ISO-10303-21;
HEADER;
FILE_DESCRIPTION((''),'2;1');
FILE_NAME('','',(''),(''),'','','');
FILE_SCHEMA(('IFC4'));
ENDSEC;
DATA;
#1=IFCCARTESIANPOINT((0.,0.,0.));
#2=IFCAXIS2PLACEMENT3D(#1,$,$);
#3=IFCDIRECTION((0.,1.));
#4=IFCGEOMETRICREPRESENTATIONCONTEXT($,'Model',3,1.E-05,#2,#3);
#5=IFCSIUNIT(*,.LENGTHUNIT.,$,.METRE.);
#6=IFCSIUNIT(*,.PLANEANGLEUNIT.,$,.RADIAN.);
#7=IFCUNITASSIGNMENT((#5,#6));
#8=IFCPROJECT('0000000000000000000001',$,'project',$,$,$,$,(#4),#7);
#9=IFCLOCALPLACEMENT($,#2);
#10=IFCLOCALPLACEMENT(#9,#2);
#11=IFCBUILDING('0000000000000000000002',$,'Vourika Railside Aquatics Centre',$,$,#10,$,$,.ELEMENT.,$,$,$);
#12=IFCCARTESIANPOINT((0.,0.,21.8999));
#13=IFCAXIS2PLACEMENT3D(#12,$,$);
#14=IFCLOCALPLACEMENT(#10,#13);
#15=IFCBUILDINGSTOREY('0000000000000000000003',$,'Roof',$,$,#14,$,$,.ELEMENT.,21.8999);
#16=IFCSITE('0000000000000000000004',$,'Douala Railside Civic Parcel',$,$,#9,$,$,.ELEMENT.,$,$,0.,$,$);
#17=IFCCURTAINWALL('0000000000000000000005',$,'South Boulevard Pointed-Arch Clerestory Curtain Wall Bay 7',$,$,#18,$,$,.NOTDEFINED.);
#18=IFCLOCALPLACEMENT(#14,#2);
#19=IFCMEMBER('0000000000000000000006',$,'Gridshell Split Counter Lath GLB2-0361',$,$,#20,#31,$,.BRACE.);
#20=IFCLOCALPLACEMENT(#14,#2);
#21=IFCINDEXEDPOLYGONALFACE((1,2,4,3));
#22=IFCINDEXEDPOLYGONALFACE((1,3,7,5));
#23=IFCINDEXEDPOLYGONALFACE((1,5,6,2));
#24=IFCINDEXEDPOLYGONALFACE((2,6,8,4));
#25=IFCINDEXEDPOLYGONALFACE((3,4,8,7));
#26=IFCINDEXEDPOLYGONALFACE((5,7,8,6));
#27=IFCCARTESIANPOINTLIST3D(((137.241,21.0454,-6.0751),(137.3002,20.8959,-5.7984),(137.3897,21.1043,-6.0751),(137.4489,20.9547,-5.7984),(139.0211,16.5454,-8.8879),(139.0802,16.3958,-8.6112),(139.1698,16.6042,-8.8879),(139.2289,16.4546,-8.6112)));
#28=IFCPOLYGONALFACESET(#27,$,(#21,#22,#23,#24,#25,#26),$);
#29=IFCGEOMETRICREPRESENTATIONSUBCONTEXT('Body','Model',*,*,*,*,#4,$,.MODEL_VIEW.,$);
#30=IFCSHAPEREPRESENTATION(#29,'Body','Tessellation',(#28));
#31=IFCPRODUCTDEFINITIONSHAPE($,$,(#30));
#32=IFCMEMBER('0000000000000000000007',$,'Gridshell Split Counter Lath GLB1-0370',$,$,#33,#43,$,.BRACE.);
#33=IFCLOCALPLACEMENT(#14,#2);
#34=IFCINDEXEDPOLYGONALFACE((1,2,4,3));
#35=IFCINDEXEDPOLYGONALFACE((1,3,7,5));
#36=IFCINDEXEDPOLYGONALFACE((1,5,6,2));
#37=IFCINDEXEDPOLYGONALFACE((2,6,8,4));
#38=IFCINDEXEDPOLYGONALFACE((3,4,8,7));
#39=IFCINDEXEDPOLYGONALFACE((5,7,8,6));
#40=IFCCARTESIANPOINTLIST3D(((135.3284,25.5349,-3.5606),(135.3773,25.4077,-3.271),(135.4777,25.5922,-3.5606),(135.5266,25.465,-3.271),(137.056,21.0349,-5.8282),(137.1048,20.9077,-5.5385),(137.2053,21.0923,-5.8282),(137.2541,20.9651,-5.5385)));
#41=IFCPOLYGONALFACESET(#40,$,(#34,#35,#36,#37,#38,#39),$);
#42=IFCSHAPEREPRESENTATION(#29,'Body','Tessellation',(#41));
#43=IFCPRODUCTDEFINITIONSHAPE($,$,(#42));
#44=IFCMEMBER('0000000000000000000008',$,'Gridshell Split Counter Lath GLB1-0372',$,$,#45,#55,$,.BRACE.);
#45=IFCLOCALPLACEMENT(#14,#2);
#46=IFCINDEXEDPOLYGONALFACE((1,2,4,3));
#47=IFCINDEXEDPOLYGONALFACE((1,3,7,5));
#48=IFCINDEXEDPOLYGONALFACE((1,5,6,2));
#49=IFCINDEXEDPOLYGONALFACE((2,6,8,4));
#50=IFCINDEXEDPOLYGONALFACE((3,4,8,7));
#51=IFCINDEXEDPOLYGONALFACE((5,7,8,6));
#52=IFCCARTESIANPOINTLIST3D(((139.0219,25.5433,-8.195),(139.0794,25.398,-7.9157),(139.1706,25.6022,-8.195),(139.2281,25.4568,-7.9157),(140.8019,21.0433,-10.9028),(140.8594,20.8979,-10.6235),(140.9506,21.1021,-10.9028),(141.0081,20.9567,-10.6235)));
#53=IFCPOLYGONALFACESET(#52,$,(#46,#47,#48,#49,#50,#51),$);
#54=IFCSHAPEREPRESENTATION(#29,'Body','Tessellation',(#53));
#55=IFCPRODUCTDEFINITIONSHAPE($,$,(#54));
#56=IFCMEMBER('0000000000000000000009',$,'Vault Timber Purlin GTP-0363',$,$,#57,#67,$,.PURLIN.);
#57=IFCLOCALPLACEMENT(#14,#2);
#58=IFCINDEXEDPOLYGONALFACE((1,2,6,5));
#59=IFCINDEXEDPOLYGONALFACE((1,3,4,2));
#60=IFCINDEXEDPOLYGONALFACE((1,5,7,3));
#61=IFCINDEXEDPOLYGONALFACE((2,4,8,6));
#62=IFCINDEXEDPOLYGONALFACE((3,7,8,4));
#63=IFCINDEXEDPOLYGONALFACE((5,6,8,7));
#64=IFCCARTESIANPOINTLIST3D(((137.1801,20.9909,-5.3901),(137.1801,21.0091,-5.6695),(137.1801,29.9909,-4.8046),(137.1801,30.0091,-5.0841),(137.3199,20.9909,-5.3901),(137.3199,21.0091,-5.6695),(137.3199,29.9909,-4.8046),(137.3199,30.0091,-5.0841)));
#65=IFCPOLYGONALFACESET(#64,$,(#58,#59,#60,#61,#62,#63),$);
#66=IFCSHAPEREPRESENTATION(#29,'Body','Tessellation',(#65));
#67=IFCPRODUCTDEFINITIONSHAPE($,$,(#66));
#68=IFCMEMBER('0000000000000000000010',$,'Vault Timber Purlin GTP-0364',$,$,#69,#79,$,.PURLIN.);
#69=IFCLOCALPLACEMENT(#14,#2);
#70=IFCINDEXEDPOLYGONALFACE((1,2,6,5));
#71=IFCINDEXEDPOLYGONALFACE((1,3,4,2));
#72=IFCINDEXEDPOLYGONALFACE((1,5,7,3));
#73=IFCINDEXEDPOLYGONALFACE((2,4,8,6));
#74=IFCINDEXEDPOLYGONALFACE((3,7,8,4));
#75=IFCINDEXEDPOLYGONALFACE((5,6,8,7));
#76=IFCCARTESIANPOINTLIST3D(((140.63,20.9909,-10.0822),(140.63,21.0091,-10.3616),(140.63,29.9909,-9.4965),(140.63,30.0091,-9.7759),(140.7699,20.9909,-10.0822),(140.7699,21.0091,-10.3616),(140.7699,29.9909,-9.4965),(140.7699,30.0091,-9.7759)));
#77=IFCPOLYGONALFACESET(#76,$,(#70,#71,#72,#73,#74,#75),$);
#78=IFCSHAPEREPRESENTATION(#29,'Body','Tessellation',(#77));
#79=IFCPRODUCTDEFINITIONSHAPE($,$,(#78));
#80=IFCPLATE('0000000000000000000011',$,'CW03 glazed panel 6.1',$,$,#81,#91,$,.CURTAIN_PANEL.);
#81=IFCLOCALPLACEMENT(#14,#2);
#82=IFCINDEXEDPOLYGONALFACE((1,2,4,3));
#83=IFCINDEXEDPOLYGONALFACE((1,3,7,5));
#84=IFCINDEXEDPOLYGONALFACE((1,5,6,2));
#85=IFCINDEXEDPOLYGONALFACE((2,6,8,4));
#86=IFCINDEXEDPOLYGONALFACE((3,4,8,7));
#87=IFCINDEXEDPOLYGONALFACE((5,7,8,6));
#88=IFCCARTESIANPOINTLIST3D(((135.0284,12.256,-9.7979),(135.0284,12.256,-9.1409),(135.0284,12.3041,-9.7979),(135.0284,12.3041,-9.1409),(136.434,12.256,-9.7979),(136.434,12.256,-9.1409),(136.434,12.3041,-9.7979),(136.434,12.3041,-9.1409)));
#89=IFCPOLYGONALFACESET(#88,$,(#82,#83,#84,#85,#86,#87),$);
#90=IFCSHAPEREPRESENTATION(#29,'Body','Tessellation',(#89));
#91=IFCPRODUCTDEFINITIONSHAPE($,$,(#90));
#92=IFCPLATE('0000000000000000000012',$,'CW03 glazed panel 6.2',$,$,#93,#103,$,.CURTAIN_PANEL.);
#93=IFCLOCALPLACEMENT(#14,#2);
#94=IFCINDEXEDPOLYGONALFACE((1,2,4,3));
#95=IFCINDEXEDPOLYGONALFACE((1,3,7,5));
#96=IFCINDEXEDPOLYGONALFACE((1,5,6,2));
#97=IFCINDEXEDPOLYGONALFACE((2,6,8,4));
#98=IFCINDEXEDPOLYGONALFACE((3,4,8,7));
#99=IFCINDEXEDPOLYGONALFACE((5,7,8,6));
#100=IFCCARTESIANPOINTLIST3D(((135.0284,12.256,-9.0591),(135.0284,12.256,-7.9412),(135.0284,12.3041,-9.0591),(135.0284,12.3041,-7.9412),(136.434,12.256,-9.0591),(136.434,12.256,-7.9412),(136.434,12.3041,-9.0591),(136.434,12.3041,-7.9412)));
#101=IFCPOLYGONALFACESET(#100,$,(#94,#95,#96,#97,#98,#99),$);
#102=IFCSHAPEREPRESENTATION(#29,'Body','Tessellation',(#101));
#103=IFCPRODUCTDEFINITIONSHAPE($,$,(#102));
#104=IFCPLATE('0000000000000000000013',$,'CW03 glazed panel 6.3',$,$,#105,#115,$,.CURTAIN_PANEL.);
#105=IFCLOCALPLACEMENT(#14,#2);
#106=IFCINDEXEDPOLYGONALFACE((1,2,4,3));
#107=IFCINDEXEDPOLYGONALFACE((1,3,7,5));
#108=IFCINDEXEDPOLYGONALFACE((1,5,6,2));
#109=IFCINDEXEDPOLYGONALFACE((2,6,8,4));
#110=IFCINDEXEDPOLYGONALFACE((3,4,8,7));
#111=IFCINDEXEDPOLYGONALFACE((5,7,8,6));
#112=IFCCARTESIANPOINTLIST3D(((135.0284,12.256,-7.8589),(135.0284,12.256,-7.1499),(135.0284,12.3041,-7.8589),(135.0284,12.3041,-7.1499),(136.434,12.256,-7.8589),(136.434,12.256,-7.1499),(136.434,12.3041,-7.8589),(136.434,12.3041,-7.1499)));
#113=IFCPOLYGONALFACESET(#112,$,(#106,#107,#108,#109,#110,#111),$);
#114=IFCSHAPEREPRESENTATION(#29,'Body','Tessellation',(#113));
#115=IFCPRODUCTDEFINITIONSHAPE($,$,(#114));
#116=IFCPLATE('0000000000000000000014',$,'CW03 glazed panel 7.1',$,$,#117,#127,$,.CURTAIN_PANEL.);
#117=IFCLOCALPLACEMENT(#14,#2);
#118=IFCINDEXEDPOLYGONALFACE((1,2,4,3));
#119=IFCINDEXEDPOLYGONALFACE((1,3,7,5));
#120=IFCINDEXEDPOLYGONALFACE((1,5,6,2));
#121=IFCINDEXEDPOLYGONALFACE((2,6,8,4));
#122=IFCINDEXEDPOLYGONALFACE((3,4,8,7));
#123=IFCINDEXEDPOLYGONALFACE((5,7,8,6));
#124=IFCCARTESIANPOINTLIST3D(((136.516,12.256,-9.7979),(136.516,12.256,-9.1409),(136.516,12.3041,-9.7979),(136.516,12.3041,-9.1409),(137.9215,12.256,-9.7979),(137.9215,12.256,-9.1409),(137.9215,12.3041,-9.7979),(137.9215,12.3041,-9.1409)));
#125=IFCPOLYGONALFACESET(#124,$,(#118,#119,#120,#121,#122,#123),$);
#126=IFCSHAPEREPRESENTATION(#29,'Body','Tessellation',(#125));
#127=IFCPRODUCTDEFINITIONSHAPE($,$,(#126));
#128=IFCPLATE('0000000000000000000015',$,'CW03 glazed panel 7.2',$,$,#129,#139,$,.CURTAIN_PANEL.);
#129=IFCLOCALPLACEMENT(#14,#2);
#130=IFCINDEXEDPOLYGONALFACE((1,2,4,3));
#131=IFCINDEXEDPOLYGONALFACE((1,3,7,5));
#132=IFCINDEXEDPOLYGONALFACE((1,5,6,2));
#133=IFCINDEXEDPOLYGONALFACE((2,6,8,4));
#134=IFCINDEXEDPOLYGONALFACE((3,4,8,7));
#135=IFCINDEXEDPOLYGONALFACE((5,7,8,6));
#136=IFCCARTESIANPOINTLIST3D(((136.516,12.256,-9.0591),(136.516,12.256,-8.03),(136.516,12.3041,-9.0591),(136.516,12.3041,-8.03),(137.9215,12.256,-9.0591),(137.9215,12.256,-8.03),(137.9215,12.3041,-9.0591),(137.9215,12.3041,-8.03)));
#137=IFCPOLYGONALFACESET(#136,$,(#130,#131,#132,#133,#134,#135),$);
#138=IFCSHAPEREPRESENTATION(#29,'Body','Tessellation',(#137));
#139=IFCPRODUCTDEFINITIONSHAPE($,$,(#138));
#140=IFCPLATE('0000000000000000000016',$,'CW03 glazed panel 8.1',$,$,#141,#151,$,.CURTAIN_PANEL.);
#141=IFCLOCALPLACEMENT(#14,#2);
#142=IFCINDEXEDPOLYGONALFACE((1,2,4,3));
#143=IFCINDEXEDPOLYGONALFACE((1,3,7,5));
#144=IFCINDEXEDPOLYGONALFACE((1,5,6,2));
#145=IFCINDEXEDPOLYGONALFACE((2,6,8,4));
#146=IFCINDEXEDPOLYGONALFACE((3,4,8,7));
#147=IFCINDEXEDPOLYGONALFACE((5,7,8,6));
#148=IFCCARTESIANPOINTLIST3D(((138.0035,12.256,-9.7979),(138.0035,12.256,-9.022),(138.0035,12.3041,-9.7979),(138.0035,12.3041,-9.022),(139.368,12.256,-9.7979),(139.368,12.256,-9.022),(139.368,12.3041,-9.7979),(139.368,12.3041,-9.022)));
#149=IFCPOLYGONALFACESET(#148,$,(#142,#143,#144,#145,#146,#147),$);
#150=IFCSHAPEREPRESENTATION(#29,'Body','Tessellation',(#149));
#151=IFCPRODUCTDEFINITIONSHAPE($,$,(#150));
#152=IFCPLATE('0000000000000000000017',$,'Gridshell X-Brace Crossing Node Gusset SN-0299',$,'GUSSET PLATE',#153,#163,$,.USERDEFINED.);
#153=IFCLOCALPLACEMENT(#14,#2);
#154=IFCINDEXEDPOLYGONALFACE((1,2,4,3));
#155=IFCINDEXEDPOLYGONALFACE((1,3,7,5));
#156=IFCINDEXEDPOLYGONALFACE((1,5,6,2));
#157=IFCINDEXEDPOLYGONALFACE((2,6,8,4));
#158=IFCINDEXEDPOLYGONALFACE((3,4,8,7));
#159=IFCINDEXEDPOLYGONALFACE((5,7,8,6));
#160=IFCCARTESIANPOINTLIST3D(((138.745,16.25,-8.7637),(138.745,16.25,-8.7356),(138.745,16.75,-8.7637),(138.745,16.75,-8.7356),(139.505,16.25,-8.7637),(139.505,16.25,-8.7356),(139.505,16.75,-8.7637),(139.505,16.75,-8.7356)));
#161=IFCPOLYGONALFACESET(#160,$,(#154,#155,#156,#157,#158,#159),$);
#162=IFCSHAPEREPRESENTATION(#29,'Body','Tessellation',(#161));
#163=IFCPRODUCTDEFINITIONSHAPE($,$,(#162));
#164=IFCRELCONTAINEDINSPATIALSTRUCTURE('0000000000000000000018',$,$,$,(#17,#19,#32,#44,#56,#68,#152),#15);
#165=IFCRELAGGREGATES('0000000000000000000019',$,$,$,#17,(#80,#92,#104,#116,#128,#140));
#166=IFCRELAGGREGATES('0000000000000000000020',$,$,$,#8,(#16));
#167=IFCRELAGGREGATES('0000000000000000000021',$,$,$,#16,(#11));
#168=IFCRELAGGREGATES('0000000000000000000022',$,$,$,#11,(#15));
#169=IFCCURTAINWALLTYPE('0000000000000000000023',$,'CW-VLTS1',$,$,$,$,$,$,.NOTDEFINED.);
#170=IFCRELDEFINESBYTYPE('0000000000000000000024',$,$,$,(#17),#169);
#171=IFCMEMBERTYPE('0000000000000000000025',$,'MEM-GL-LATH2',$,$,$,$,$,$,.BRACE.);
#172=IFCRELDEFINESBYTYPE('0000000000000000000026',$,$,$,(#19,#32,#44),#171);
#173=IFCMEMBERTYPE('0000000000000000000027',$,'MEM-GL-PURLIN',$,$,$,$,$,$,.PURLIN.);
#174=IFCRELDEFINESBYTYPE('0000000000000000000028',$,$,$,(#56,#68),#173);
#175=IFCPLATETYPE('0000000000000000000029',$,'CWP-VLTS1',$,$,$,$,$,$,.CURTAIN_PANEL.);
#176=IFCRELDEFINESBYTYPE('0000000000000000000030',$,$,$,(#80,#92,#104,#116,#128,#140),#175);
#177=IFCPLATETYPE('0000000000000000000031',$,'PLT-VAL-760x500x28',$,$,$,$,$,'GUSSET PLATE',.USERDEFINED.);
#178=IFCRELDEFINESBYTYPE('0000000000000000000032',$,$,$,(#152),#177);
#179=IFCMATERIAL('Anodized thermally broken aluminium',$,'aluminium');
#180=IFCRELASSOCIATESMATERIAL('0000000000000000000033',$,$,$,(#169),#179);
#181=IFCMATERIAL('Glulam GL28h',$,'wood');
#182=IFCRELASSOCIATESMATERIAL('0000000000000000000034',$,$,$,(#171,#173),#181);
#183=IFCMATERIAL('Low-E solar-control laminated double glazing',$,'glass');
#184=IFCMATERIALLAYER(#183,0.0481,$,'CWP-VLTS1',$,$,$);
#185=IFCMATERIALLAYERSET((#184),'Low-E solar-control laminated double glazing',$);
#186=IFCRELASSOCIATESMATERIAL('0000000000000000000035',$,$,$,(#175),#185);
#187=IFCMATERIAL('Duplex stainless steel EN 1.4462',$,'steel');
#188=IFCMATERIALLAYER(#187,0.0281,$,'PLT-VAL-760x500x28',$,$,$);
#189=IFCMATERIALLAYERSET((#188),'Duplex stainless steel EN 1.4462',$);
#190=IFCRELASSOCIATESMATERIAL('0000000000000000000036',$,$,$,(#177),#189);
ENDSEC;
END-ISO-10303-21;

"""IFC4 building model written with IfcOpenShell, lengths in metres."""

from ifc_helpers import new_model, si_unit, direction, frame, origin, origin_2d, place, context, subcontext, project, spatial, rectangle, extrude, material, layer, layer_set, material_profile, profile_set, type_object, element, aggregate, save


model = new_model("IFC4")

# Units and contexts
model_context = context("Model", 3, precision=1e-05, world=origin(), true_north=direction((0.0, 1.0)))
body_context = subcontext(model_context, "Body", "Model", "MODEL_VIEW")
ifc_project = project(units=[si_unit("LENGTHUNIT", "METRE"), si_unit("PLANEANGLEUNIT", "RADIAN")], contexts=[model_context])

# Site, building, storey
site_placement = place(None, origin())
site = spatial("IfcSite", under=ifc_project, at=site_placement, Name="Douala Railside Civic Parcel", CompositionType="ELEMENT", RefElevation=0.0)
building_placement = place(site_placement, origin())
building = spatial("IfcBuilding", under=site, at=building_placement, Name="Vourika Railside Aquatics Centre", CompositionType="ELEMENT")
storey_placement = place(building_placement, frame((0.0, 0.0, 21.8999)))
storey = spatial("IfcBuildingStorey", under=building, at=storey_placement, Name="Roof", CompositionType="ELEMENT", Elevation=21.8999)

# Curtain wall
ifc_material_1 = material(Name="Anodized thermally broken aluminium", Category="aluminium")
curtain_wall_type = type_object("IfcCurtainWallType", Name="CW-VLTS1", PredefinedType="NOTDEFINED", material=ifc_material_1)
curtain_wall_placement = place(storey_placement, origin())
curtain_wall = element("IfcCurtainWall", 1, at=curtain_wall_placement, inside=storey, type_object=curtain_wall_type, Name="South Boulevard Pointed-Arch Clerestory Curtain Wall Bay 7", PredefinedType="NOTDEFINED")

# Members
ifc_material_2 = material(Name="Glulam GL28h", Category="wood")
ifc_material_profile_1 = material_profile(ifc_material_2, rectangle(XDim=0.1599, YDim=0.3201, at=origin_2d()), Name="GL28h 160x320")
ifc_profile_set_1 = profile_set([ifc_material_profile_1], Name="Glulam GL28h")
member_type_1 = type_object("IfcMemberType", Name="MEM-GL-LATH2", PredefinedType="BRACE", material=ifc_profile_set_1)
member_1_placement = place(storey_placement, frame((139.125, 16.5, -8.7495), z_axis=(-0.318014, 0.803956, 0.502516), x_axis=(-0.929893, -0.36783, 0.0)))
element("IfcMember", 2, at=member_1_placement, inside=storey, type_object=member_type_1, Name="Gridshell Split Counter Lath GLB2-0361", PredefinedType="BRACE", context=body_context, shape_type="SweptSolid", body=[
    extrude(rectangle(XDim=0.1599, YDim=0.3201, at=origin_2d()), origin(), (0.0, 0.0, 1.0), 5.5974),
])
member_2_placement = place(storey_placement, frame((137.155, 21.0, -5.6833), z_axis=(-0.324302, 0.844762, 0.425681), x_axis=(-0.93357, -0.358395, 0.0)))
element("IfcMember", 3, at=member_2_placement, inside=storey, type_object=member_type_1, Name="Gridshell Split Counter Lath GLB1-0370", PredefinedType="BRACE", context=body_context, shape_type="SweptSolid", body=[
    extrude(rectangle(XDim=0.1599, YDim=0.3201, at=origin_2d()), origin(), (0.0, 0.0, 1.0), 5.3269),
])
member_3_placement = place(storey_placement, frame((140.905, 21.0, -10.7632), z_axis=(-0.320997, 0.811496, 0.488298), x_axis=(-0.929893, -0.36783, 0.0)))
element("IfcMember", 4, at=member_3_placement, inside=storey, type_object=member_type_1, Name="Gridshell Split Counter Lath GLB1-0372", PredefinedType="BRACE", context=body_context, shape_type="SweptSolid", body=[
    extrude(rectangle(XDim=0.1599, YDim=0.3201, at=origin_2d()), origin(), (0.0, 0.0, 1.0), 5.5454),
])
ifc_material_profile_2 = material_profile(ifc_material_2, rectangle(XDim=0.1399, YDim=0.28, at=origin_2d()), Name="GL28h 140x280")
ifc_profile_set_2 = profile_set([ifc_material_profile_2], Name="Glulam GL28h")
member_type_2 = type_object("IfcMemberType", Name="MEM-GL-PURLIN", PredefinedType="PURLIN", material=ifc_profile_set_2)
for number, where, z_axis, x_axis, name in (
    (5, (137.25, 21.0, -5.5298), (0.0, 0.997891, 0.064913), (-1.0, 0.0, 0.0), "Vault Timber Purlin GTP-0363"),
    (6, (140.7, 21.0, -10.2219), (0.0, 0.997889, 0.06494), (-1.0, 0.0, 0.0), "Vault Timber Purlin GTP-0364"),
):
    element("IfcMember", number, at=place(storey_placement, frame(where, z_axis=z_axis, x_axis=x_axis)), inside=storey, type_object=member_type_2, Name=name, PredefinedType="PURLIN", context=body_context, shape_type="SweptSolid", body=[
        extrude(rectangle(XDim=0.1399, YDim=0.28, at=origin_2d()), origin(), (0.0, 0.0, 1.0), 9.019),
    ])

# Plates
ifc_material_3 = material(Name="Low-E solar-control laminated double glazing", Category="glass")
ifc_layer_1 = layer(ifc_material_3, 0.0481, Name="CWP-VLTS1")
ifc_layer_set_1 = layer_set([ifc_layer_1], Name="Low-E solar-control laminated double glazing")
plate_type_1 = type_object("IfcPlateType", Name="CWP-VLTS1", PredefinedType="CURTAIN_PANEL", material=ifc_layer_set_1)
plate_1_placement = place(storey_placement, frame((135.7312, 12.28, -9.7979), z_axis=(0.0, 0.0, 1.0), x_axis=(1.0, 0.0, 0.0)))
plate_1 = element("IfcPlate", 7, at=plate_1_placement, type_object=plate_type_1, Name="CW03 glazed panel 6.1", PredefinedType="CURTAIN_PANEL", context=body_context, shape_type="SweptSolid", body=[
    extrude(rectangle(XDim=1.4055, YDim=0.0481, at=origin_2d()), origin(), (0.0, 0.0, 1.0), 0.657),
])
plate_2_placement = place(storey_placement, frame((135.7312, 12.28, -9.0591), z_axis=(0.0, 0.0, 1.0), x_axis=(1.0, 0.0, 0.0)))
plate_2 = element("IfcPlate", 8, at=plate_2_placement, type_object=plate_type_1, Name="CW03 glazed panel 6.2", PredefinedType="CURTAIN_PANEL", context=body_context, shape_type="SweptSolid", body=[
    extrude(rectangle(XDim=1.4055, YDim=0.0481, at=origin_2d()), origin(), (0.0, 0.0, 1.0), 1.1179),
])
plate_3_placement = place(storey_placement, frame((135.7312, 12.28, -7.8589), z_axis=(0.0, 0.0, 1.0), x_axis=(1.0, 0.0, 0.0)))
plate_3 = element("IfcPlate", 9, at=plate_3_placement, type_object=plate_type_1, Name="CW03 glazed panel 6.3", PredefinedType="CURTAIN_PANEL", context=body_context, shape_type="SweptSolid", body=[
    extrude(rectangle(XDim=1.4055, YDim=0.0481, at=origin_2d()), origin(), (0.0, 0.0, 1.0), 0.709),
])
plate_4_placement = place(storey_placement, frame((137.2188, 12.28, -9.7979), z_axis=(0.0, 0.0, 1.0), x_axis=(1.0, 0.0, 0.0)))
plate_4 = element("IfcPlate", 10, at=plate_4_placement, type_object=plate_type_1, Name="CW03 glazed panel 7.1", PredefinedType="CURTAIN_PANEL", context=body_context, shape_type="SweptSolid", body=[
    extrude(rectangle(XDim=1.4055, YDim=0.0481, at=origin_2d()), origin(), (0.0, 0.0, 1.0), 0.657),
])
plate_5_placement = place(storey_placement, frame((137.2188, 12.28, -9.0591), z_axis=(0.0, 0.0, 1.0), x_axis=(1.0, 0.0, 0.0)))
plate_5 = element("IfcPlate", 11, at=plate_5_placement, type_object=plate_type_1, Name="CW03 glazed panel 7.2", PredefinedType="CURTAIN_PANEL", context=body_context, shape_type="SweptSolid", body=[
    extrude(rectangle(XDim=1.4055, YDim=0.0481, at=origin_2d()), origin(), (0.0, 0.0, 1.0), 1.0291),
])
plate_6_placement = place(storey_placement, frame((138.6858, 12.28, -9.7979), z_axis=(0.0, 0.0, 1.0), x_axis=(1.0, 0.0, 0.0)))
plate_6 = element("IfcPlate", 12, at=plate_6_placement, type_object=plate_type_1, Name="CW03 glazed panel 8.1", PredefinedType="CURTAIN_PANEL", context=body_context, shape_type="SweptSolid", body=[
    extrude(rectangle(XDim=1.3645, YDim=0.0481, at=origin_2d()), origin(), (0.0, 0.0, 1.0), 0.7759),
])
aggregate(curtain_wall, [plate_1, plate_2, plate_3, plate_4, plate_5, plate_6])
ifc_material_4 = material(Name="Duplex stainless steel EN 1.4462", Category="steel")
ifc_layer_2 = layer(ifc_material_4, 0.0281, Name="PLT-VAL-760x500x28")
ifc_layer_set_2 = layer_set([ifc_layer_2], Name="Duplex stainless steel EN 1.4462")
plate_type_2 = type_object("IfcPlateType", Name="PLT-VAL-760x500x28", ElementType="GUSSET PLATE", PredefinedType="USERDEFINED", material=ifc_layer_set_2)
plate_7_placement = place(storey_placement, frame((139.125, 16.5, -8.7637), z_axis=(0.0, 0.0, 1.0), x_axis=(1.0, 0.0, 0.0)))
element("IfcPlate", 13, at=plate_7_placement, inside=storey, type_object=plate_type_2, Name="Gridshell X-Brace Crossing Node Gusset SN-0299", ObjectType="GUSSET PLATE", PredefinedType="USERDEFINED", context=body_context, shape_type="SweptSolid", body=[
    extrude(rectangle(XDim=0.76, YDim=0.5, at=origin_2d()), origin(), (0.0, 0.0, 1.0), 0.0281),
])

save(model, "model.ifc")
